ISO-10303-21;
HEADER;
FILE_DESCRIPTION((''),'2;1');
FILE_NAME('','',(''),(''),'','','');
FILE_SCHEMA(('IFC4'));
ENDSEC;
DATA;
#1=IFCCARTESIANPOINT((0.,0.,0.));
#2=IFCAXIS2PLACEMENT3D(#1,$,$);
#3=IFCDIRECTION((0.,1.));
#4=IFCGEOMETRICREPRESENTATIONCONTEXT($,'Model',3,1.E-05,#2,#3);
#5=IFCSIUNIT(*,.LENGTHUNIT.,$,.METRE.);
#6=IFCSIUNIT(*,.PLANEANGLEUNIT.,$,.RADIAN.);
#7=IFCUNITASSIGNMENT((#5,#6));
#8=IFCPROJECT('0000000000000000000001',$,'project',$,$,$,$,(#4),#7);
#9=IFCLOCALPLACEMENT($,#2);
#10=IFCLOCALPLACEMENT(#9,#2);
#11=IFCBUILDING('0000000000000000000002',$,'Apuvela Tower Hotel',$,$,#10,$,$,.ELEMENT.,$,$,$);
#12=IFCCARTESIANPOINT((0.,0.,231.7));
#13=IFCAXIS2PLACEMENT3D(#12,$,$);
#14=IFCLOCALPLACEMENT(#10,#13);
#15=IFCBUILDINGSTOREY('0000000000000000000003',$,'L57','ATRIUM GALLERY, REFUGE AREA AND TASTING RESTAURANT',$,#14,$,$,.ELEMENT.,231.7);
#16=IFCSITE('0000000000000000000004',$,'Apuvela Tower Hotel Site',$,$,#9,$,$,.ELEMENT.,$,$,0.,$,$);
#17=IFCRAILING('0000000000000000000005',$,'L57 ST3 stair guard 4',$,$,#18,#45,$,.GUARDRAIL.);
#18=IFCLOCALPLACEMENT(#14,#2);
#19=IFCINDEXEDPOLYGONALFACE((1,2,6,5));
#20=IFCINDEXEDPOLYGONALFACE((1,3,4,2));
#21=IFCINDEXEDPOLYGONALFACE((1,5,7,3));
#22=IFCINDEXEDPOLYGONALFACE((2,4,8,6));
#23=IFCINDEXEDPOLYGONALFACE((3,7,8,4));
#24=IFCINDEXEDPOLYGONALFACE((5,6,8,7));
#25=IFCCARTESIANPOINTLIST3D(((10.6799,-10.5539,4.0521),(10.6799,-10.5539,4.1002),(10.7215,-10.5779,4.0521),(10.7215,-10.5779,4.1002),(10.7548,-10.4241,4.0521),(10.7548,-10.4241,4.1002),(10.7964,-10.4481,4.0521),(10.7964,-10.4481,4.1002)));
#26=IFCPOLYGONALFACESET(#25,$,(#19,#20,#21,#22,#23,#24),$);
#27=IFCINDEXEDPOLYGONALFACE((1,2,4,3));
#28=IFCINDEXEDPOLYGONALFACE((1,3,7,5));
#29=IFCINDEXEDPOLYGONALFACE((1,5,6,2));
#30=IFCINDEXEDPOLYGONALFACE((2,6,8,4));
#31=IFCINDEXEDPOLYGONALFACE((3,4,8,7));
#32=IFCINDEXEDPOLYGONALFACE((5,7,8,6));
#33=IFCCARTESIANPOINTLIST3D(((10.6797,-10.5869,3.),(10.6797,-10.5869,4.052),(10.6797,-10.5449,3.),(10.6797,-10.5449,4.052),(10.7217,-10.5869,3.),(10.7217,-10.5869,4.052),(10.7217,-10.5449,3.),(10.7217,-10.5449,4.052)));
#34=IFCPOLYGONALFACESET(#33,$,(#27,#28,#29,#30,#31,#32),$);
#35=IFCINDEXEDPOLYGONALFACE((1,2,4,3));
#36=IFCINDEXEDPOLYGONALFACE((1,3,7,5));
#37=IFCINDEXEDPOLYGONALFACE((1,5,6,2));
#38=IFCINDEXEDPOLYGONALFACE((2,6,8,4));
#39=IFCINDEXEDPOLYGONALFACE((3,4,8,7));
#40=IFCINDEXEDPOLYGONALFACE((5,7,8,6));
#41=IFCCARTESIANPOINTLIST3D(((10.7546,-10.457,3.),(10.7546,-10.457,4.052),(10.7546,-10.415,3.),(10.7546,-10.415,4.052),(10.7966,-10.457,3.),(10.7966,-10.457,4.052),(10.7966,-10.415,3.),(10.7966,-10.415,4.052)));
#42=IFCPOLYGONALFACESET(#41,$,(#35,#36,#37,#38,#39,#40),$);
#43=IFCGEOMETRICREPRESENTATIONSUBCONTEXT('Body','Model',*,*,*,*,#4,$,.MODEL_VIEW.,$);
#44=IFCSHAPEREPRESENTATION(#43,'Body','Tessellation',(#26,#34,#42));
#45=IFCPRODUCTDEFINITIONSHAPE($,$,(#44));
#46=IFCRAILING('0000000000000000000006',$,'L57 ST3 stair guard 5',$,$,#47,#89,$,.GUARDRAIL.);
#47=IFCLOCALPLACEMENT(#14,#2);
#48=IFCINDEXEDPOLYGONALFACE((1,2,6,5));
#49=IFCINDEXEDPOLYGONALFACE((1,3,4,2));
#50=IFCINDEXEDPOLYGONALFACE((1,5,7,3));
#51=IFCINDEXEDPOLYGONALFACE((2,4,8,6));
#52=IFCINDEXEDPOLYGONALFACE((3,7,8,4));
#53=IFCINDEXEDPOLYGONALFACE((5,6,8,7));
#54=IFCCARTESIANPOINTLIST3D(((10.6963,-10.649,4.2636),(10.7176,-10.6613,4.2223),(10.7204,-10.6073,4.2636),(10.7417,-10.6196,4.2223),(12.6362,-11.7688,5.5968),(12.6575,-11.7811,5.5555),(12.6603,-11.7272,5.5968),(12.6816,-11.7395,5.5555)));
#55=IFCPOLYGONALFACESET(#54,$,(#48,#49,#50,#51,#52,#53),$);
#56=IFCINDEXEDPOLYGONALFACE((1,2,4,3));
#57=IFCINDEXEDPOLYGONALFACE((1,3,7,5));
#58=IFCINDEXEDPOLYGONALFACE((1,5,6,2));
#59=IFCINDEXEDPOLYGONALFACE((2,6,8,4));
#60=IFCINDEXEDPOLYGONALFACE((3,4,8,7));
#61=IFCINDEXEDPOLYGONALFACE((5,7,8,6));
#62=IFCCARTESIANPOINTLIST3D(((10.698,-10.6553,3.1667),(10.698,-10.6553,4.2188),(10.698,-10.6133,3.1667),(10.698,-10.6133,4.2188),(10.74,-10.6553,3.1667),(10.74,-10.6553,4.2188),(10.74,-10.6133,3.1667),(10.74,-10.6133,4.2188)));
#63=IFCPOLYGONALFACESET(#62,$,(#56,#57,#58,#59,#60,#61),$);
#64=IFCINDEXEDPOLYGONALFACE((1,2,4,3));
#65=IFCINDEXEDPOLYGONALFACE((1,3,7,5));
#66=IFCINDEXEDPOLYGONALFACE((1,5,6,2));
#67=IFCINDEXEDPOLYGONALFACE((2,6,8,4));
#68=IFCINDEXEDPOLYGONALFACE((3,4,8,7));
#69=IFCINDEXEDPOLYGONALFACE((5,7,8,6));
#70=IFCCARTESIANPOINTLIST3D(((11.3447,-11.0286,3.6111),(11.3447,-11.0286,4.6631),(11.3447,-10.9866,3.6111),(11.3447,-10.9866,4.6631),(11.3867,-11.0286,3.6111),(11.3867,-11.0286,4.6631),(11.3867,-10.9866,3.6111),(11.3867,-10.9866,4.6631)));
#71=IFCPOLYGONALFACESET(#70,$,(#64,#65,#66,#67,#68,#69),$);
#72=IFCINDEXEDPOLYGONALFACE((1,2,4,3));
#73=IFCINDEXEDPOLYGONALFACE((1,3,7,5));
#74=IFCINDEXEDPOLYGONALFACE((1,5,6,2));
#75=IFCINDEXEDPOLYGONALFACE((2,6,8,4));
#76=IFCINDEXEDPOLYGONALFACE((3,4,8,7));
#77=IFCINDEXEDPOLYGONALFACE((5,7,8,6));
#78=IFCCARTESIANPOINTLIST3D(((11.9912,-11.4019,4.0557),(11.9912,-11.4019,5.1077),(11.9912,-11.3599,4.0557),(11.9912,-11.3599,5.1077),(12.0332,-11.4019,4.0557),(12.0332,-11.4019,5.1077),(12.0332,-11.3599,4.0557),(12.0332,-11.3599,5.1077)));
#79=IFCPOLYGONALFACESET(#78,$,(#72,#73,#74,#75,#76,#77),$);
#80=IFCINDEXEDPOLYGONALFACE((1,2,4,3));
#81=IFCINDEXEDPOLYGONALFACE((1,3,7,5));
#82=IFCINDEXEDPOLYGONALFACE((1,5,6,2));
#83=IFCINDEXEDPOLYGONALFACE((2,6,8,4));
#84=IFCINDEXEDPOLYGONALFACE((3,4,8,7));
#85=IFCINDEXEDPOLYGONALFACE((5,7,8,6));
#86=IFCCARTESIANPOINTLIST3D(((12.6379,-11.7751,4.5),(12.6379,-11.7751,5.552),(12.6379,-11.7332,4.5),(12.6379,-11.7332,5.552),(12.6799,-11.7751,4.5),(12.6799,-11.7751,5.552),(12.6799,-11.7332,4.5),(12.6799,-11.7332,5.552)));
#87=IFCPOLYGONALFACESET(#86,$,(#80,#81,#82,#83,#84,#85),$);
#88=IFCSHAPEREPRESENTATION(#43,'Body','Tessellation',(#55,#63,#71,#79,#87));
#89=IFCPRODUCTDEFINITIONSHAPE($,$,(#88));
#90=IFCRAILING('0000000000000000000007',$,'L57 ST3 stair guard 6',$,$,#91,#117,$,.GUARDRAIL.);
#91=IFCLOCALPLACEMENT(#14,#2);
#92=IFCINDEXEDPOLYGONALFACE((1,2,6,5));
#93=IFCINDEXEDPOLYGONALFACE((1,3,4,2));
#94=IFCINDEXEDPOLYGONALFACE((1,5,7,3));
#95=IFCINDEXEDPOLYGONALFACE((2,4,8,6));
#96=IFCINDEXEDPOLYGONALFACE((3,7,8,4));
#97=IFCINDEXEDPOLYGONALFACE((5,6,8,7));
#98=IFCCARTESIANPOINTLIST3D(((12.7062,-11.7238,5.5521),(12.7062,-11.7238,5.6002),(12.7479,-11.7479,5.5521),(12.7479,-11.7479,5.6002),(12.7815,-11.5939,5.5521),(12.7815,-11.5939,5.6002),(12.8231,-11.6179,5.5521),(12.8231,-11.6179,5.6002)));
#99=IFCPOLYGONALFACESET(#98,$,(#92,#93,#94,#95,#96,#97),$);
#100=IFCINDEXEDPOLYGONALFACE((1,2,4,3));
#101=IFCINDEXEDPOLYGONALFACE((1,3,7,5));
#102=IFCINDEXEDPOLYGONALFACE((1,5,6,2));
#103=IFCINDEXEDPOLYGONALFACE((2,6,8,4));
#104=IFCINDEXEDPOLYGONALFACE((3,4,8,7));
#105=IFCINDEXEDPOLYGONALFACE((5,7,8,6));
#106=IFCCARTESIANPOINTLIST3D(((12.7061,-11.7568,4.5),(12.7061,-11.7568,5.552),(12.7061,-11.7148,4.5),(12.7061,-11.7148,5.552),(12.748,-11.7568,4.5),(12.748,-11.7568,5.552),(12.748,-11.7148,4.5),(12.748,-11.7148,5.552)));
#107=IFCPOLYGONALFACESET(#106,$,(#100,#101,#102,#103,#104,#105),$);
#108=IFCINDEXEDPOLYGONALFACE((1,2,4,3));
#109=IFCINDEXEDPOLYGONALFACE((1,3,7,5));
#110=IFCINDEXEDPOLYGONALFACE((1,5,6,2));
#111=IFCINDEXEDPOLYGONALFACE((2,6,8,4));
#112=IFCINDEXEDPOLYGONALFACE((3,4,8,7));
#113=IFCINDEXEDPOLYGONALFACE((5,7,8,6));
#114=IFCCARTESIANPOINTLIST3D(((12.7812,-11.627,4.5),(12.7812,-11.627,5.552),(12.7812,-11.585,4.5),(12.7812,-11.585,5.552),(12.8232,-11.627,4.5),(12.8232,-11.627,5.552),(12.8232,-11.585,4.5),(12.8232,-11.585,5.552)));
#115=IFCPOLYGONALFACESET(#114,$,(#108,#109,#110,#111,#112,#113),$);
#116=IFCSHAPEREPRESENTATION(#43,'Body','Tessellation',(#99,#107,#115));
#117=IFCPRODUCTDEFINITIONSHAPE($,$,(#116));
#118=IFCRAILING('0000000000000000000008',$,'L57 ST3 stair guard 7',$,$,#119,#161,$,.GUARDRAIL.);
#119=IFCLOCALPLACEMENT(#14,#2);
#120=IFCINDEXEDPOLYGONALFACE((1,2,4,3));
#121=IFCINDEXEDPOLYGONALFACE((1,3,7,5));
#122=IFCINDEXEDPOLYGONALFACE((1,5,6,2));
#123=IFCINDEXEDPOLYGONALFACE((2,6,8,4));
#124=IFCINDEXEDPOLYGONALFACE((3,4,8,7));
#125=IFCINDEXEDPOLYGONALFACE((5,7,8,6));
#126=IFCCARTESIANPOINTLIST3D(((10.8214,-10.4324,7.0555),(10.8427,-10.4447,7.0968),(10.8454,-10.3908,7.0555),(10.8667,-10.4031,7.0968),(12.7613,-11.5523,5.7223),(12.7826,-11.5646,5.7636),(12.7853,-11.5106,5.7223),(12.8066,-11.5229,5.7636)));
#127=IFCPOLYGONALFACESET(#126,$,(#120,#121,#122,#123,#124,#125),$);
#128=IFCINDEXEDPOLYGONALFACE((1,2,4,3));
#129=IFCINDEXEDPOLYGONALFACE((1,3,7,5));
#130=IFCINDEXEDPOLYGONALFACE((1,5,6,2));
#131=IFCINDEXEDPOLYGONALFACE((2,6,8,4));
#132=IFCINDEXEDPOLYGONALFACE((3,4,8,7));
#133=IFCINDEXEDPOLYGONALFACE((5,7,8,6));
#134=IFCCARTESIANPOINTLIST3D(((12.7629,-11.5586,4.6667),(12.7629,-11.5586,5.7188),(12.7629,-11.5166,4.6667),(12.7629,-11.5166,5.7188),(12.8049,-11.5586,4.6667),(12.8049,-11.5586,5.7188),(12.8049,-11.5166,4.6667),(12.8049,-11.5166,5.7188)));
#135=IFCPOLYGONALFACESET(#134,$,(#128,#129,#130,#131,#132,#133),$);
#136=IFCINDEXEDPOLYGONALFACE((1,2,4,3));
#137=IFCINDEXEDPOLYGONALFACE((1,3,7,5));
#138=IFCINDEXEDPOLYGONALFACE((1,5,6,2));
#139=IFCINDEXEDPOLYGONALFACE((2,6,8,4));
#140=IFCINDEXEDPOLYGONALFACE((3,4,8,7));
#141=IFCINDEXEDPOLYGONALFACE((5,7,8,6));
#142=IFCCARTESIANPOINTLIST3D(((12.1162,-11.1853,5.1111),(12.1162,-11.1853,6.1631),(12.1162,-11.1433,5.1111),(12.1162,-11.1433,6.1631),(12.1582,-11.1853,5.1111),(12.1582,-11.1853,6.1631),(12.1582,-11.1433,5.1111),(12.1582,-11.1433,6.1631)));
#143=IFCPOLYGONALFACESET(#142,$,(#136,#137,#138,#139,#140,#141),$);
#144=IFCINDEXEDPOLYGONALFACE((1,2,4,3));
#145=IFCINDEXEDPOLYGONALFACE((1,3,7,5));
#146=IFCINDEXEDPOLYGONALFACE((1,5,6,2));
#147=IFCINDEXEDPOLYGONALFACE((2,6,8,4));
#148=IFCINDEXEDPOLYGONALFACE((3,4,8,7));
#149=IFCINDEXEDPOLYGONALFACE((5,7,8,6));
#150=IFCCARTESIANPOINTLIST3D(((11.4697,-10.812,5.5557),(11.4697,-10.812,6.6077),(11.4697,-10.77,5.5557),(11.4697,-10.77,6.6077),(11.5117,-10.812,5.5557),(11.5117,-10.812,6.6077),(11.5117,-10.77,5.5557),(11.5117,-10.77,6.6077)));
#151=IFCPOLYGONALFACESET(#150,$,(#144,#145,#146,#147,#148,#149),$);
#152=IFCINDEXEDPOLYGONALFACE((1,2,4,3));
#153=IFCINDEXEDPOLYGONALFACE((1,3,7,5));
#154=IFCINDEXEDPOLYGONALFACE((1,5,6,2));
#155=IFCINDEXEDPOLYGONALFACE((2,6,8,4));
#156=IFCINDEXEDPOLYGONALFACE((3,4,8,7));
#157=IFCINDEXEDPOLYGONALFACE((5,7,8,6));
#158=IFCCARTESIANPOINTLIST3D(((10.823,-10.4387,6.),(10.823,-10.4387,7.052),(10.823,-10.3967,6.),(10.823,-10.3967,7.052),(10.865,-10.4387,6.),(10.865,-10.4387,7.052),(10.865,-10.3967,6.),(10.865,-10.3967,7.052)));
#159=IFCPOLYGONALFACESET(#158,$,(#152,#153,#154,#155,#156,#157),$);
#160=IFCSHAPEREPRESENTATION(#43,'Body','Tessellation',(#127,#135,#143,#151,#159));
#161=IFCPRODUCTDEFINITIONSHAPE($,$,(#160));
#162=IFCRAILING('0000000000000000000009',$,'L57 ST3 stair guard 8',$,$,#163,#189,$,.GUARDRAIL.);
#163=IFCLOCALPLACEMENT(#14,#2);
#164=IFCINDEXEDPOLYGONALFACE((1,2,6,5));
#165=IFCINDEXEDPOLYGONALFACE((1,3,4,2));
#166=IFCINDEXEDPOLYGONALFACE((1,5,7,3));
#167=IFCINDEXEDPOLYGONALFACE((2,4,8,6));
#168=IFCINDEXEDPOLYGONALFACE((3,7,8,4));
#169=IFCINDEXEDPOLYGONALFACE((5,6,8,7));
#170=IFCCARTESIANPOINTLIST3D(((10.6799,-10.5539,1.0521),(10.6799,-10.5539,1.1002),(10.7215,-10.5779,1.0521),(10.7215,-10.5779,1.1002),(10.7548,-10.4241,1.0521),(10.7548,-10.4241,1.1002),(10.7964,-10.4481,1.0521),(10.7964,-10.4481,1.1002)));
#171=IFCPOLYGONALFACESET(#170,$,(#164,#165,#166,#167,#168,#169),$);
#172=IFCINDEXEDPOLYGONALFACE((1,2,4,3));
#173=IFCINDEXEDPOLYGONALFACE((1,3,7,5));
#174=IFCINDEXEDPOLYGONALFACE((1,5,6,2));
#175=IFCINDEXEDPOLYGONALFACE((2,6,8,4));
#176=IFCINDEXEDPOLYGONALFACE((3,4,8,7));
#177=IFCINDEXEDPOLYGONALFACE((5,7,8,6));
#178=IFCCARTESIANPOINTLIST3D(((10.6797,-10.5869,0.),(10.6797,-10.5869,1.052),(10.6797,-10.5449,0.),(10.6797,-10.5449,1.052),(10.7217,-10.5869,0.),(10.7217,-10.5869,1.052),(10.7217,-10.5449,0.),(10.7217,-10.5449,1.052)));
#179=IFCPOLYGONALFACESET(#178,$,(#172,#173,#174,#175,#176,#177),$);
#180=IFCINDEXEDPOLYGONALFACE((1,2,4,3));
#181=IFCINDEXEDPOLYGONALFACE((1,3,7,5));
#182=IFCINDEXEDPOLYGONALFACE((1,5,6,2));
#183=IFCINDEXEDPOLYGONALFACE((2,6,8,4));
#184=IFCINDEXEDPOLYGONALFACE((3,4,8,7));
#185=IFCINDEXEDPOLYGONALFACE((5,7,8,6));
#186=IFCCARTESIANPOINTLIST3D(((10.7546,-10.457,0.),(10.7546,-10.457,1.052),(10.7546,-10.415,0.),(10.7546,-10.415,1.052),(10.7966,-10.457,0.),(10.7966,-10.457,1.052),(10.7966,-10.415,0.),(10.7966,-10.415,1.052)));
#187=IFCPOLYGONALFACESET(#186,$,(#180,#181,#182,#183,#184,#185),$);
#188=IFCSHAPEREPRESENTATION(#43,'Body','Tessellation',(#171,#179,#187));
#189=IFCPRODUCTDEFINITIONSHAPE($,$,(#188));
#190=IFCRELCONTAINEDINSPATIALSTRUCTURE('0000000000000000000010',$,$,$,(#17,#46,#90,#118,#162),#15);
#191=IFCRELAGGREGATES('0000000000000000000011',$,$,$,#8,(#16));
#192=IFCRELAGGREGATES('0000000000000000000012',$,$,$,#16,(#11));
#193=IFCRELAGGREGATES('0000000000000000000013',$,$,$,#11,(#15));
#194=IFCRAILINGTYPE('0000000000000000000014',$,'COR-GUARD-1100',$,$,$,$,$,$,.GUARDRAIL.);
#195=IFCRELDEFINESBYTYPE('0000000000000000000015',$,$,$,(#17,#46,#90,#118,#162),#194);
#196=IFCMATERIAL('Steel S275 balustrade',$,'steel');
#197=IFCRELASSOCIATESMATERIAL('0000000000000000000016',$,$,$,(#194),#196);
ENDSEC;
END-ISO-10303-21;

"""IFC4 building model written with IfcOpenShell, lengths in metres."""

from ifc_helpers import new_model, si_unit, direction, frame, origin, origin_2d, place, context, subcontext, project, spatial, rectangle, extrude, material, type_object, element, save


model = new_model("IFC4")

# Units and contexts
model_context = context("Model", 3, precision=1e-05, world=origin(), true_north=direction((0.0, 1.0)))
body_context = subcontext(model_context, "Body", "Model", "MODEL_VIEW")
ifc_project = project(units=[si_unit("LENGTHUNIT", "METRE"), si_unit("PLANEANGLEUNIT", "RADIAN")], contexts=[model_context])

# Site, building, storey
site_placement = place(None, origin())
site = spatial("IfcSite", under=ifc_project, at=site_placement, Name="Apuvela Tower Hotel Site", CompositionType="ELEMENT", RefElevation=0.0)
building_placement = place(site_placement, origin())
building = spatial("IfcBuilding", under=site, at=building_placement, Name="Apuvela Tower Hotel", CompositionType="ELEMENT")
storey_placement = place(building_placement, frame((0.0, 0.0, 231.7)))
storey = spatial("IfcBuildingStorey", under=building, at=storey_placement, Name="L57", Description="ATRIUM GALLERY, REFUGE AREA AND TASTING RESTAURANT", CompositionType="ELEMENT", Elevation=231.7)

# Railings
ifc_material_1 = material(Name="Steel S275 balustrade", Category="steel")
railing_type_1 = type_object("IfcRailingType", Name="COR-GUARD-1100", PredefinedType="GUARDRAIL", material=ifc_material_1)
railing_1_placement = place(storey_placement, frame((10.7007, -10.5659, 3.0)))
element("IfcRailing", 1, at=railing_1_placement, inside=storey, type_object=railing_type_1, Name="L57 ST3 stair guard 4", PredefinedType="GUARDRAIL", context=body_context, shape_type="SweptSolid", body=[
    extrude(rectangle(XDim=0.0481, YDim=0.0481, at=origin_2d()), frame((0.0, 0.0, 1.0762), z_axis=(0.499816, 0.866131, 0.0), x_axis=(-0.866131, 0.499816, 0.0)), (0.0, 0.0, 1.0), 0.1499),
    extrude(rectangle(XDim=0.042, YDim=0.042, at=origin_2d()), origin(), (0.0, 0.0, 1.0), 1.052),
    extrude(rectangle(XDim=0.042, YDim=0.042, at=origin_2d()), frame((0.075, 0.1299, 0.0)), (0.0, 0.0, 1.0), 1.052),
])
railing_2_placement = place(storey_placement, frame((10.719, -10.6343, 3.1667)))
element("IfcRailing", 2, at=railing_2_placement, inside=storey, type_object=railing_type_1, Name="L57 ST3 stair guard 5", PredefinedType="GUARDRAIL", context=body_context, shape_type="SweptSolid", body=[
    extrude(rectangle(XDim=0.0481, YDim=0.0481, at=origin_2d()), frame((0.0, 0.0, 1.0762), z_axis=(0.744205, -0.429608, 0.511465), x_axis=(0.499949, 0.866055, 0.0)), (0.0, 0.0, 1.0), 2.6067),
    extrude(rectangle(XDim=0.042, YDim=0.042, at=origin_2d()), origin(), (0.0, 0.0, 1.0), 1.052),
    extrude(rectangle(XDim=0.042, YDim=0.042, at=origin_2d()), frame((0.6467, -0.3733, 0.4443)), (0.0, 0.0, 1.0), 1.052),
    extrude(rectangle(XDim=0.042, YDim=0.042, at=origin_2d()), frame((1.2932, -0.7466, 0.8889)), (0.0, 0.0, 1.0), 1.052),
    extrude(rectangle(XDim=0.042, YDim=0.042, at=origin_2d()), frame((1.9399, -1.1199, 1.3333)), (0.0, 0.0, 1.0), 1.052),
])
railing_3_placement = place(storey_placement, frame((12.7271, -11.7358, 4.5)))
element("IfcRailing", 3, at=railing_3_placement, inside=storey, type_object=railing_type_1, Name="L57 ST3 stair guard 6", PredefinedType="GUARDRAIL", context=body_context, shape_type="SweptSolid", body=[
    extrude(rectangle(XDim=0.0481, YDim=0.0481, at=origin_2d()), frame((0.0, 0.0, 1.0762), z_axis=(0.501036, 0.865426, 0.0), x_axis=(-0.865426, 0.501036, 0.0)), (0.0, 0.0, 1.0), 0.1501),
    extrude(rectangle(XDim=0.042, YDim=0.042, at=origin_2d()), origin(), (0.0, 0.0, 1.0), 1.052),
    extrude(rectangle(XDim=0.042, YDim=0.042, at=origin_2d()), frame((0.0752, 0.1299, 0.0)), (0.0, 0.0, 1.0), 1.052),
])
railing_4_placement = place(storey_placement, frame((12.7839, -11.5376, 4.6667)))
element("IfcRailing", 4, at=railing_4_placement, inside=storey, type_object=railing_type_1, Name="L57 ST3 stair guard 7", PredefinedType="GUARDRAIL", context=body_context, shape_type="SweptSolid", body=[
    extrude(rectangle(XDim=0.0481, YDim=0.0481, at=origin_2d()), frame((0.0, 0.0, 1.0762), z_axis=(-0.744205, 0.429608, 0.511465), x_axis=(-0.499949, -0.866055, 0.0)), (0.0, 0.0, 1.0), 2.6067),
    extrude(rectangle(XDim=0.042, YDim=0.042, at=origin_2d()), origin(), (0.0, 0.0, 1.0), 1.052),
    extrude(rectangle(XDim=0.042, YDim=0.042, at=origin_2d()), frame((-0.6467, 0.3733, 0.4443)), (0.0, 0.0, 1.0), 1.052),
    extrude(rectangle(XDim=0.042, YDim=0.042, at=origin_2d()), frame((-1.2932, 0.7466, 0.8889)), (0.0, 0.0, 1.0), 1.052),
    extrude(rectangle(XDim=0.042, YDim=0.042, at=origin_2d()), frame((-1.9399, 1.1199, 1.3333)), (0.0, 0.0, 1.0), 1.052),
])
railing_5_placement = place(storey_placement, frame((10.7007, -10.5659, 0.0)))
element("IfcRailing", 5, at=railing_5_placement, inside=storey, type_object=railing_type_1, Name="L57 ST3 stair guard 8", PredefinedType="GUARDRAIL", context=body_context, shape_type="SweptSolid", body=[
    extrude(rectangle(XDim=0.0481, YDim=0.0481, at=origin_2d()), frame((0.0, 0.0, 1.0762), z_axis=(0.499816, 0.866131, 0.0), x_axis=(-0.866131, 0.499816, 0.0)), (0.0, 0.0, 1.0), 0.1499),
    extrude(rectangle(XDim=0.042, YDim=0.042, at=origin_2d()), origin(), (0.0, 0.0, 1.0), 1.052),
    extrude(rectangle(XDim=0.042, YDim=0.042, at=origin_2d()), frame((0.075, 0.1299, 0.0)), (0.0, 0.0, 1.0), 1.052),
])

save(model, "model.ifc")
